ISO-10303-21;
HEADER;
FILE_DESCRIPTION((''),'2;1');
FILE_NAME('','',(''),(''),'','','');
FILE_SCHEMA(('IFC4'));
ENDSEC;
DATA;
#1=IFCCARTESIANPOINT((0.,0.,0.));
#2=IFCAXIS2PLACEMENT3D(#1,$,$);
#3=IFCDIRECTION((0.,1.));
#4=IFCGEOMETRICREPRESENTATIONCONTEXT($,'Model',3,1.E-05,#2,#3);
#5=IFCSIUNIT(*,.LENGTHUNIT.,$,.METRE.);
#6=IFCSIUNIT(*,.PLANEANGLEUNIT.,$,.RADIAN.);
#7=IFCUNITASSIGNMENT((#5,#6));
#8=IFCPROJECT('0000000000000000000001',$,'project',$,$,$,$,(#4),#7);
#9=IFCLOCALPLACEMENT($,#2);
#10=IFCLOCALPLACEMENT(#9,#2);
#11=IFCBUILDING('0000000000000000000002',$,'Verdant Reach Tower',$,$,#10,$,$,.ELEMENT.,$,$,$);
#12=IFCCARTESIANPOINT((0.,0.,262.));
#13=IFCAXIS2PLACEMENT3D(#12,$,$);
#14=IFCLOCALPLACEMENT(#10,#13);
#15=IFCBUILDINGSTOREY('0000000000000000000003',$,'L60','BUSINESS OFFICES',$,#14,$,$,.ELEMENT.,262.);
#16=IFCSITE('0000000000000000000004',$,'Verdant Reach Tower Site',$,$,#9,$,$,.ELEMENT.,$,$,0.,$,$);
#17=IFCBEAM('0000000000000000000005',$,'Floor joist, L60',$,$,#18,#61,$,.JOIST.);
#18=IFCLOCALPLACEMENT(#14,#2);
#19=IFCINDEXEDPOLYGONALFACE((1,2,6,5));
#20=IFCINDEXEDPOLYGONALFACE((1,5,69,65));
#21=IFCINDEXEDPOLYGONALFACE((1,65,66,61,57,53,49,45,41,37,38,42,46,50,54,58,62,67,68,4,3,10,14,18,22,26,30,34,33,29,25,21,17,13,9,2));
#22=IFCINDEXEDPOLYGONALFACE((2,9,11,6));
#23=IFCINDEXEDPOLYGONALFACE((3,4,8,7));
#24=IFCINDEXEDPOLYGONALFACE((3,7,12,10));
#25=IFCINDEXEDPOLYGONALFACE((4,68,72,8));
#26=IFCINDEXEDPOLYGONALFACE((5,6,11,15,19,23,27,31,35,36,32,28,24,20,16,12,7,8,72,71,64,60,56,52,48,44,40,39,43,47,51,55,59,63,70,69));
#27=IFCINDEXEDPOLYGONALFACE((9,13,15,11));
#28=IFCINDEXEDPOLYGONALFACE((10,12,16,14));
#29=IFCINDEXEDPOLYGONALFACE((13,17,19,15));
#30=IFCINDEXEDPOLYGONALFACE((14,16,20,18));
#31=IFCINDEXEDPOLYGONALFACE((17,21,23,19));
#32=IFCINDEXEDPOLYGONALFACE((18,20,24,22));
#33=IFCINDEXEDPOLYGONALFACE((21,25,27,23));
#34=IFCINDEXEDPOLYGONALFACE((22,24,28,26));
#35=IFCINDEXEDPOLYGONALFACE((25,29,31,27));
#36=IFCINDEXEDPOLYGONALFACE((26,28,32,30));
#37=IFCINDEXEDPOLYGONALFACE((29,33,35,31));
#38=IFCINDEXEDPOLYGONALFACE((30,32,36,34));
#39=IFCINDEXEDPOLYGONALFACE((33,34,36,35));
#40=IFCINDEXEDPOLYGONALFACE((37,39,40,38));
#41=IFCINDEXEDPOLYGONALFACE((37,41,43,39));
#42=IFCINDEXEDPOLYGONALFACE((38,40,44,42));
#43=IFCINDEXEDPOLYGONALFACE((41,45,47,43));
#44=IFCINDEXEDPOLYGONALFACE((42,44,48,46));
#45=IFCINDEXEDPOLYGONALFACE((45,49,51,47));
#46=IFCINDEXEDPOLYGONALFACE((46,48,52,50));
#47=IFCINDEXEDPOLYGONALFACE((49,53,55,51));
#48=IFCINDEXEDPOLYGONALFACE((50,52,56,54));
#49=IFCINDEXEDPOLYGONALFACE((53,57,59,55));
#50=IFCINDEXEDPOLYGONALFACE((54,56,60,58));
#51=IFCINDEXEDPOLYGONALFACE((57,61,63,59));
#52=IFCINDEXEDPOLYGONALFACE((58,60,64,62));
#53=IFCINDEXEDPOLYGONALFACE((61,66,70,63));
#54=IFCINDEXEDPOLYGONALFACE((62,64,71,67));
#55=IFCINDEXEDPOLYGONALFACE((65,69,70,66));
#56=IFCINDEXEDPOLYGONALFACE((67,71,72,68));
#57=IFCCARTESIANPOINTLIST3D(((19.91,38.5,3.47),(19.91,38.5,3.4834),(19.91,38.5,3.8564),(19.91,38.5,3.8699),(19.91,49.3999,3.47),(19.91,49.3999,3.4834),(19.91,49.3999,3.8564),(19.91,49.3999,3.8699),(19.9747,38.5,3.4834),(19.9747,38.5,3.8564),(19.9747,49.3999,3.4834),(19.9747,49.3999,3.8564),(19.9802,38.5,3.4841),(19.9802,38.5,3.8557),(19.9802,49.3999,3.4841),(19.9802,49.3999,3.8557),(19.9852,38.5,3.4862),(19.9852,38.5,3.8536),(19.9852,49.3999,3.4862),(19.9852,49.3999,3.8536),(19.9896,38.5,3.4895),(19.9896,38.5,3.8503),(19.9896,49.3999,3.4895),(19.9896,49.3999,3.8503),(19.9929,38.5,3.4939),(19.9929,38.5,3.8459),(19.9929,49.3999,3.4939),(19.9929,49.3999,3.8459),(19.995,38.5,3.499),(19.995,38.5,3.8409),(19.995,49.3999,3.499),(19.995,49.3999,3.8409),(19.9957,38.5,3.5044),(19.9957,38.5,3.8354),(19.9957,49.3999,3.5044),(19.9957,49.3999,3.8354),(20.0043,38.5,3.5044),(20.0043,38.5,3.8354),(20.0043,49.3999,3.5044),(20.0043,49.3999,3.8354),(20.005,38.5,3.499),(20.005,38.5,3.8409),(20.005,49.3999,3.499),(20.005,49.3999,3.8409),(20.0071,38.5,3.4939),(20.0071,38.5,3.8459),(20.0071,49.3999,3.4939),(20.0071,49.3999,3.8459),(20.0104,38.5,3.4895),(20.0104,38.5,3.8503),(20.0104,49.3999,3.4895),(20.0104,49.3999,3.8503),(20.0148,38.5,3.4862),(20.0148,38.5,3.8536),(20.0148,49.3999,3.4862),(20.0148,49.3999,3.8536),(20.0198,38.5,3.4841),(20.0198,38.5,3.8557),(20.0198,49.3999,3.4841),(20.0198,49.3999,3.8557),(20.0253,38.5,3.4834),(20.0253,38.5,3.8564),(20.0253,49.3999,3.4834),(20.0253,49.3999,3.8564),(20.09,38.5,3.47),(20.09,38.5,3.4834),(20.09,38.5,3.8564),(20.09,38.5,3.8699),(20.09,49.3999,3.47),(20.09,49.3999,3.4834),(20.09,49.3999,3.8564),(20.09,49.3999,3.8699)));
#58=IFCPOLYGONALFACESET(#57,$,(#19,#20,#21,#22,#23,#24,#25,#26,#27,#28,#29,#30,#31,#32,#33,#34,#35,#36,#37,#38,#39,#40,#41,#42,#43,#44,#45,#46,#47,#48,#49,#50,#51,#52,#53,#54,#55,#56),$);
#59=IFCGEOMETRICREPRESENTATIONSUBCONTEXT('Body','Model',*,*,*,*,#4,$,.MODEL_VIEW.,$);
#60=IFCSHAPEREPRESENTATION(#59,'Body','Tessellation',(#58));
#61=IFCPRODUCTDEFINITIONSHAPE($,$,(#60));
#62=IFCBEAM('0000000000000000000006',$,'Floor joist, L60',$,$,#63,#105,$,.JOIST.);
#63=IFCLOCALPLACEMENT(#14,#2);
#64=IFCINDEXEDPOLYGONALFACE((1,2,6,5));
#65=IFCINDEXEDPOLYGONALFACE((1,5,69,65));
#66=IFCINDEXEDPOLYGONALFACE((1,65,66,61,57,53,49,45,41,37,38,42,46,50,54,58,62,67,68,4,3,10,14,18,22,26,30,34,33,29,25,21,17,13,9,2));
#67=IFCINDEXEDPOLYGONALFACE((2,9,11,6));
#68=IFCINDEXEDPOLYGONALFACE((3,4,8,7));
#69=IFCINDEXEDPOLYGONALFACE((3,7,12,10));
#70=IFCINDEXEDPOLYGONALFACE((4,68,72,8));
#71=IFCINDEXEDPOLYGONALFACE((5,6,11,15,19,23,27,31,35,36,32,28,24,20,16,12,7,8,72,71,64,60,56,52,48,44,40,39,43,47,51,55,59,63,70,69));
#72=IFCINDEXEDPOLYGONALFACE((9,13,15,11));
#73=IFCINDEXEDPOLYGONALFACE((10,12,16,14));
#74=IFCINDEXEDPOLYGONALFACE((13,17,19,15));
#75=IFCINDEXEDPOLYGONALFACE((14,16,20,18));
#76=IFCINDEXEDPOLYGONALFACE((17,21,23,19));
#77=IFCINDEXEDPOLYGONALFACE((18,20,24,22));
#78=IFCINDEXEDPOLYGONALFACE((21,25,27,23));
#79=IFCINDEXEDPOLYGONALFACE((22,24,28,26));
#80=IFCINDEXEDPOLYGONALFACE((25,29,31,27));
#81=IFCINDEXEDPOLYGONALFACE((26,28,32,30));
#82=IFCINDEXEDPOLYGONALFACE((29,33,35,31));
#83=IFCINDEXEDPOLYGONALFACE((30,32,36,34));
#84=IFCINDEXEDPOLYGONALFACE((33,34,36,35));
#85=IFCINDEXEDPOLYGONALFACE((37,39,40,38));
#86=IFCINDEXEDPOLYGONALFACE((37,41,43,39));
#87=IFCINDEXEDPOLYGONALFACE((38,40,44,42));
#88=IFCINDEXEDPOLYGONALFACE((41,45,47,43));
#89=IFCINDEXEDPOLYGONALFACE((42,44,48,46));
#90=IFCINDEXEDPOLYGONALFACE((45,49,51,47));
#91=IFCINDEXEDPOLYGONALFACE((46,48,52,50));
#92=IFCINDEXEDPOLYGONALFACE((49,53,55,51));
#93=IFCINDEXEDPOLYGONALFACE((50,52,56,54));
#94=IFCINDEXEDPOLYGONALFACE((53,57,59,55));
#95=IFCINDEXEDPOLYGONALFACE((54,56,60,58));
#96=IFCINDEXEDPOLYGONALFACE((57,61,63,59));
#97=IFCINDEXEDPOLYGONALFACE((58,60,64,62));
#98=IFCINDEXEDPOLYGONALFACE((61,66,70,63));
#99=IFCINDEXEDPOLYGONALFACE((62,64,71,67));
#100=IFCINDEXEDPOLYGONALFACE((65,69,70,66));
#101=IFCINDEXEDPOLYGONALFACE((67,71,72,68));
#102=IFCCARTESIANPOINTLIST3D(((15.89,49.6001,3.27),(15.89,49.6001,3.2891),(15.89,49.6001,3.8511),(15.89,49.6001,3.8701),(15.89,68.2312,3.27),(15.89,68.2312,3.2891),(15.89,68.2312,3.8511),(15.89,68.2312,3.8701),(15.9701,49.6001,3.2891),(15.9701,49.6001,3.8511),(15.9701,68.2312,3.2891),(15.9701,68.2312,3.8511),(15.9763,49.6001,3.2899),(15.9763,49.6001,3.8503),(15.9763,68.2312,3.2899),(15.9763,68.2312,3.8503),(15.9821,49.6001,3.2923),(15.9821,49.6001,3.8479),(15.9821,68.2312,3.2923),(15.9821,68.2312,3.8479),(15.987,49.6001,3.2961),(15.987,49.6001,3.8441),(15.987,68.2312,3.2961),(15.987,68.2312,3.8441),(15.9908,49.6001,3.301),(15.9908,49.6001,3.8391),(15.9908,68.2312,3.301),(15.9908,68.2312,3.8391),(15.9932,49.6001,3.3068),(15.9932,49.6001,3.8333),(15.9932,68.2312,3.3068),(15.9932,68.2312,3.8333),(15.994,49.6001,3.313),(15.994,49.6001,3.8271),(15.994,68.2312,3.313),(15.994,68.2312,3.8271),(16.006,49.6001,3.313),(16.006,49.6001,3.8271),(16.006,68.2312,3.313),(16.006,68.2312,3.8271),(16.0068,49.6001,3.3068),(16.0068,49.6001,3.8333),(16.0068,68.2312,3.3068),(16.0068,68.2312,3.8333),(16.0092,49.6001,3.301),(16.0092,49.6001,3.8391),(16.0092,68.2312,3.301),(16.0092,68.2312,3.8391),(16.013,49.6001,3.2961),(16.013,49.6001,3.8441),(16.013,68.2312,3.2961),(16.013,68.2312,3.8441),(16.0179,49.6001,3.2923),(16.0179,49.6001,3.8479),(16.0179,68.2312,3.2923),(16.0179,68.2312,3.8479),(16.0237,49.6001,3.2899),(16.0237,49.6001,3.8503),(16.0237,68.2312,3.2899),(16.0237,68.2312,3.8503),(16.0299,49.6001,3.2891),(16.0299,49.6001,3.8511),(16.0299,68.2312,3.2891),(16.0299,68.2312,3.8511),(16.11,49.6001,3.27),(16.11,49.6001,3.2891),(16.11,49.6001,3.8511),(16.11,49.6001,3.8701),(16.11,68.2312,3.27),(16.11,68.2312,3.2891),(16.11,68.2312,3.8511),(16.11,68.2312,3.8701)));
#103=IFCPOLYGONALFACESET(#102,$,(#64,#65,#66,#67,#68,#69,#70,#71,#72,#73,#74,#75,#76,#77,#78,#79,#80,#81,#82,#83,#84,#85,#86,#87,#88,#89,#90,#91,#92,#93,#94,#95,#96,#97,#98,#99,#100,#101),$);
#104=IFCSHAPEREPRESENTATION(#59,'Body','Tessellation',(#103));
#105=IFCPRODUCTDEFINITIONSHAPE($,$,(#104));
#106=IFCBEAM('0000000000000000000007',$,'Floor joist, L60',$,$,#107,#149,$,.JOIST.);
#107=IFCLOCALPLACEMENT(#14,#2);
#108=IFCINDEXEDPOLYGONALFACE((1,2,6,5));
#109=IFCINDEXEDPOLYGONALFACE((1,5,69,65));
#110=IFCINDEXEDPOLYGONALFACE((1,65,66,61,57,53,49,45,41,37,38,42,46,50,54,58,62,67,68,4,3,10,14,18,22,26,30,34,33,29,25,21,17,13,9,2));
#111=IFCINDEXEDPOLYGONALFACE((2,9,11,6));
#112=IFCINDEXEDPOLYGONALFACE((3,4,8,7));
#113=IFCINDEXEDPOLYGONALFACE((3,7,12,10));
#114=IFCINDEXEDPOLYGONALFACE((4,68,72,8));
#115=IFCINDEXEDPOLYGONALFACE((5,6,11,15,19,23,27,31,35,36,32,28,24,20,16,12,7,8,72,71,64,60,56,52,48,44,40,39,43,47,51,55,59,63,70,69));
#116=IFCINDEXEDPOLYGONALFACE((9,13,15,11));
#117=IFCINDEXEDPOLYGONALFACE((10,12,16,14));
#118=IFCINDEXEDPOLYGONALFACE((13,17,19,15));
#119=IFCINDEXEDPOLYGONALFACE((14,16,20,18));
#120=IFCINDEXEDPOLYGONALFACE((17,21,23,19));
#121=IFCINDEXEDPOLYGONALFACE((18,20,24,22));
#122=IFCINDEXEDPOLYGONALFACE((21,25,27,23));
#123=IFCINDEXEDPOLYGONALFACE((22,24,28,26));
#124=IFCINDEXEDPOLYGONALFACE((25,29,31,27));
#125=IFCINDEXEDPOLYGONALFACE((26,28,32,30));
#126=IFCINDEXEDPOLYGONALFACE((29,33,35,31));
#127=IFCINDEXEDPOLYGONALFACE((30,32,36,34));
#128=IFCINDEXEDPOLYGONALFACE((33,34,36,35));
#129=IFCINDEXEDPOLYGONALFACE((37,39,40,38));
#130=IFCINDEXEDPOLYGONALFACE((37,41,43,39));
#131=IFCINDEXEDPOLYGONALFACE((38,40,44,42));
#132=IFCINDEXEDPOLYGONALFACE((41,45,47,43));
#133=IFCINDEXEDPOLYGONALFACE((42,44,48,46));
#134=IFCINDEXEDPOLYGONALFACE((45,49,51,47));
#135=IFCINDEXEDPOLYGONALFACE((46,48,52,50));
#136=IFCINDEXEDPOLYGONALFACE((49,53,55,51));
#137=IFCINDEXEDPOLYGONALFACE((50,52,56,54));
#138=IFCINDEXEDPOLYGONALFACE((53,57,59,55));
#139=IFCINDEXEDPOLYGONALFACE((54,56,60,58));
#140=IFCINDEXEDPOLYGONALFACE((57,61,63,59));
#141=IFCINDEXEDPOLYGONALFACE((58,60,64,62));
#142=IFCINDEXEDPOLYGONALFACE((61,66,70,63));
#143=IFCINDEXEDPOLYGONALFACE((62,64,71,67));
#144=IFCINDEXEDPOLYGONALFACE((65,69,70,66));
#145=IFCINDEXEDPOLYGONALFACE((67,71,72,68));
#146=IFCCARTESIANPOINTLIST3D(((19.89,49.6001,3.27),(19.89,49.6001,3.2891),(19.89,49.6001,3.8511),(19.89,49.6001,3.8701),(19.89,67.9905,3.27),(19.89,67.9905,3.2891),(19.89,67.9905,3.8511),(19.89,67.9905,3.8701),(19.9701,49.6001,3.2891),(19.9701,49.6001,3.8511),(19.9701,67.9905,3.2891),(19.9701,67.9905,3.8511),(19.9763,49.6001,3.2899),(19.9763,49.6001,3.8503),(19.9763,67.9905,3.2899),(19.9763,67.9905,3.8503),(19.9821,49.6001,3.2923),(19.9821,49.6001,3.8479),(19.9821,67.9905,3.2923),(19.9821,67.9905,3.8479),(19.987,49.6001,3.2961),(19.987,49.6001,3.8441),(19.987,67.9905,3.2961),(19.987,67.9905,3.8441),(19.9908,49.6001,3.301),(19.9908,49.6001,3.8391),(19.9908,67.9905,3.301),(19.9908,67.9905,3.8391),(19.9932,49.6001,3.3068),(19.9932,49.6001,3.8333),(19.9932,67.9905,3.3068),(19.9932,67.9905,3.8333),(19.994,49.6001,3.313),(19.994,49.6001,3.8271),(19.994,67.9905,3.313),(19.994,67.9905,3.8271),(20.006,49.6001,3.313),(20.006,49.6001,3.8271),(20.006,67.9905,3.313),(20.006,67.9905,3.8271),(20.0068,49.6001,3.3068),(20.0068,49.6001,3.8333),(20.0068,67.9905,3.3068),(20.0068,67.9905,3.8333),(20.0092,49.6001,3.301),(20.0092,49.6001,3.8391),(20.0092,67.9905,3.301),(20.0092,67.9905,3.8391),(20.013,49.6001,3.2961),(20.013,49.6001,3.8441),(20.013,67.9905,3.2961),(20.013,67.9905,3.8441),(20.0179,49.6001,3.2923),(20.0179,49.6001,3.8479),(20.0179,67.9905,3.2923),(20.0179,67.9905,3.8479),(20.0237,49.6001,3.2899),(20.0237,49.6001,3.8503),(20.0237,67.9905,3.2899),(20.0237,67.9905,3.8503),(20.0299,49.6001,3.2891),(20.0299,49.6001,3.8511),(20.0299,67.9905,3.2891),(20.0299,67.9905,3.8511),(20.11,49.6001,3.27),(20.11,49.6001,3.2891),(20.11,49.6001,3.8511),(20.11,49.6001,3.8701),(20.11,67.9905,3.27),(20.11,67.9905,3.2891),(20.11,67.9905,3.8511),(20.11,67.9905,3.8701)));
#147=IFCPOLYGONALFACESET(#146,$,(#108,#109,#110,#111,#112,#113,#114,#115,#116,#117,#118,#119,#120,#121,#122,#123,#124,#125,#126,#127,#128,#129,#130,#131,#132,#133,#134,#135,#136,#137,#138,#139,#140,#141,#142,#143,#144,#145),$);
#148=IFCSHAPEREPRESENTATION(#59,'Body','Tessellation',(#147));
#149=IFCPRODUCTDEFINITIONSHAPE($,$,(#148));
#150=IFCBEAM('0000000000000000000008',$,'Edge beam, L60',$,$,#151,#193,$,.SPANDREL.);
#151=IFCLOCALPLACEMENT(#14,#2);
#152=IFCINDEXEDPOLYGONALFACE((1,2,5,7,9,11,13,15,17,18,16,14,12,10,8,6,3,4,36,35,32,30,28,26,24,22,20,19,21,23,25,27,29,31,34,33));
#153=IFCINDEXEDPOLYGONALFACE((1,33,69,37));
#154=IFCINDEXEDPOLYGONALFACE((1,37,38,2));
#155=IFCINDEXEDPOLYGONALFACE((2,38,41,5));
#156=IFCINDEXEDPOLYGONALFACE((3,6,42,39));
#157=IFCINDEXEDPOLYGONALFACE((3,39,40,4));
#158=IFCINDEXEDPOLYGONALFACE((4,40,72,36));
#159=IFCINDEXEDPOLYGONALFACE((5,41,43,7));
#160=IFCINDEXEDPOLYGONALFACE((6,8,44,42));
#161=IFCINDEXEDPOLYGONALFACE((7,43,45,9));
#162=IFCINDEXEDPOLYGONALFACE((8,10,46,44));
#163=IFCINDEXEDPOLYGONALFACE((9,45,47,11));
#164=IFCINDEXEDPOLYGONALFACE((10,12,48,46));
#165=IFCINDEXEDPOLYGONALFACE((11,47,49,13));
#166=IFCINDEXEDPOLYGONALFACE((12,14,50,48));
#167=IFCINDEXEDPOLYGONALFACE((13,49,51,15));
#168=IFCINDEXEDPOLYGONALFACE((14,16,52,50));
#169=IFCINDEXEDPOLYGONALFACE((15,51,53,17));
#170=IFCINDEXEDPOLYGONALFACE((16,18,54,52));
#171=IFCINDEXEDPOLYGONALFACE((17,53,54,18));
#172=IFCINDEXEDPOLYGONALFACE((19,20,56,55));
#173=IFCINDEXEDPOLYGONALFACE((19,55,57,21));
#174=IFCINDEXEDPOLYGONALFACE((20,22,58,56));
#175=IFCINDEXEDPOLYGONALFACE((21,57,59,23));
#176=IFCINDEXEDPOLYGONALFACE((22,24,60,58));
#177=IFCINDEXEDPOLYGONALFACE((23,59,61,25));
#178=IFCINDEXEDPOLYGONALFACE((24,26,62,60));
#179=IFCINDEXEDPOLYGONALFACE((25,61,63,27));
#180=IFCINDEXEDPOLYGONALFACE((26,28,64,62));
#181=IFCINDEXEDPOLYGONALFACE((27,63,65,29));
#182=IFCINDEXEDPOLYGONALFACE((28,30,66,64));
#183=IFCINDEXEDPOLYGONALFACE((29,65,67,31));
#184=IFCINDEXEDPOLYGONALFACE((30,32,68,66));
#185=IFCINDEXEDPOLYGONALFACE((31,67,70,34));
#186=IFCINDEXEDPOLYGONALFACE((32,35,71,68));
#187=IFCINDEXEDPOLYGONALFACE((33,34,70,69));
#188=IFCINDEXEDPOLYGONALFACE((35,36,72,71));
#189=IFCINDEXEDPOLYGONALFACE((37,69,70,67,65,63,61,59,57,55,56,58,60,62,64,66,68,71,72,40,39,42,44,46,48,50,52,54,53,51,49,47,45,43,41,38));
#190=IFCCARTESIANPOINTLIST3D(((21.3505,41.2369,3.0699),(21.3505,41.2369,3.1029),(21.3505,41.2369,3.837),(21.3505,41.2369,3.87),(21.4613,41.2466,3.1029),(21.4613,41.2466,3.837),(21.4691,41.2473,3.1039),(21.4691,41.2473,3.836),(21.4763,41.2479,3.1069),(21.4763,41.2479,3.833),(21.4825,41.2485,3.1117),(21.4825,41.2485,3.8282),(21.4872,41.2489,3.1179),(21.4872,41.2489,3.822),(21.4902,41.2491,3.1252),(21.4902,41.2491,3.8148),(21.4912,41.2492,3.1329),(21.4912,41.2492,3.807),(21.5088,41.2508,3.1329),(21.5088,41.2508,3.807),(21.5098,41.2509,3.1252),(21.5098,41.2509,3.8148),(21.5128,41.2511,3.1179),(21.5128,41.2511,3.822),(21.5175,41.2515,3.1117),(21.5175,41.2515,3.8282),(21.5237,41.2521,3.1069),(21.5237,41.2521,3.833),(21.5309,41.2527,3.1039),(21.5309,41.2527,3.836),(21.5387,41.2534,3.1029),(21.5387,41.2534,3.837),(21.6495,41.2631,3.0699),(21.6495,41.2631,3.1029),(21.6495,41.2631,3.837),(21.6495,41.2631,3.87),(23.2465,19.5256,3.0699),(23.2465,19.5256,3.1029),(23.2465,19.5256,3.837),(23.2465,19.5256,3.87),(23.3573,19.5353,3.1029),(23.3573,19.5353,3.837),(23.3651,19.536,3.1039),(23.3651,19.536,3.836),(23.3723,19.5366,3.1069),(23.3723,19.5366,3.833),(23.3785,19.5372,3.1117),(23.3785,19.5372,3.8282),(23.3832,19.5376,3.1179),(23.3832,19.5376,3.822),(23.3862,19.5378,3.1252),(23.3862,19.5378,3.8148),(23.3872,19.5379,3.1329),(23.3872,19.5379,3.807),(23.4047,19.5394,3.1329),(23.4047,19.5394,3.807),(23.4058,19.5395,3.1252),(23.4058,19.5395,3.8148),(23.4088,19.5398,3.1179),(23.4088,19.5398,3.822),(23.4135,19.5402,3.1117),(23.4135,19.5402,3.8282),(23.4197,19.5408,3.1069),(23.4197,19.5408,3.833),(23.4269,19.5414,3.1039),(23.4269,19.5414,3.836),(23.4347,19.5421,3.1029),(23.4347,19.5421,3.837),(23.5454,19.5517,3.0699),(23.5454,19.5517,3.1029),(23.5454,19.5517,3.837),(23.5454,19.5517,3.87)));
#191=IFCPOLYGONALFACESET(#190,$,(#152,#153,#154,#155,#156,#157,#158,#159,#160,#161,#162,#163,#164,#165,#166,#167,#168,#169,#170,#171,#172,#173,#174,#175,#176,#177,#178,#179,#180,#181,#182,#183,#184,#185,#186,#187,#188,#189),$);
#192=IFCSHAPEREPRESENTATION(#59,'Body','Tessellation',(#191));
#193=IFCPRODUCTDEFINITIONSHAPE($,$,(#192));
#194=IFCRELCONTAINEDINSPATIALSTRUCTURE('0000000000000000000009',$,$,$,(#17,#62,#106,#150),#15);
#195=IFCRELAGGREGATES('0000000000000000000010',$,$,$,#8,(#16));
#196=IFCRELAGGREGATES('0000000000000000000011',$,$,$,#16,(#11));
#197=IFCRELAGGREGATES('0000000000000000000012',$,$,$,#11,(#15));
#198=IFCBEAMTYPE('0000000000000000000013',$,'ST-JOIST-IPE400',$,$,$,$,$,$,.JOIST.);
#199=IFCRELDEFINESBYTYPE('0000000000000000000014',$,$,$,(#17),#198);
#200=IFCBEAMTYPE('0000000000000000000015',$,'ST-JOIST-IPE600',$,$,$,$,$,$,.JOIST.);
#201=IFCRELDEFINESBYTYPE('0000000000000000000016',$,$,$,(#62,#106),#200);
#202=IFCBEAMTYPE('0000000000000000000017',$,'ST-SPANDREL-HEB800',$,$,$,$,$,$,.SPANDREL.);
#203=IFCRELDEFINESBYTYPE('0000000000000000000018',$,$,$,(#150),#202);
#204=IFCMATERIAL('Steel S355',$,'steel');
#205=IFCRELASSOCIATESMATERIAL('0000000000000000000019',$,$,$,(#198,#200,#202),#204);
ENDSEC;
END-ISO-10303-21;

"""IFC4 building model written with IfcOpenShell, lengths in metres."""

from ifc_helpers import new_model, si_unit, direction, frame, origin, origin_2d, place, context, subcontext, project, spatial, i_section, extrude, material, material_profile, profile_set, type_object, element, save


model = new_model("IFC4")

# Units and contexts
model_context = context("Model", 3, precision=1e-05, world=origin(), true_north=direction((0.0, 1.0)))
body_context = subcontext(model_context, "Body", "Model", "MODEL_VIEW")
ifc_project = project(units=[si_unit("LENGTHUNIT", "METRE"), si_unit("PLANEANGLEUNIT", "RADIAN")], contexts=[model_context])

# Site, building, storey
site_placement = place(None, origin())
site = spatial("IfcSite", under=ifc_project, at=site_placement, Name="Verdant Reach Tower Site", CompositionType="ELEMENT", RefElevation=0.0)
building_placement = place(site_placement, origin())
building = spatial("IfcBuilding", under=site, at=building_placement, Name="Verdant Reach Tower", CompositionType="ELEMENT")
storey_placement = place(building_placement, frame((0.0, 0.0, 262.0)))
storey = spatial("IfcBuildingStorey", under=building, at=storey_placement, Name="L60", Description="BUSINESS OFFICES", CompositionType="ELEMENT", Elevation=262.0)

# Beams
ifc_material_1 = material(Name="Steel S355", Category="steel")
ifc_material_profile_1 = material_profile(ifc_material_1, i_section(OverallWidth=0.1799, OverallDepth=0.3999, WebThickness=0.0085, FlangeThickness=0.0134, FilletRadius=0.021, at=origin_2d()), Name="IPE 400")
ifc_profile_set_1 = profile_set([ifc_material_profile_1], Name="Steel S355")
beam_type_1 = type_object("IfcBeamType", Name="ST-JOIST-IPE400", PredefinedType="JOIST", material=ifc_profile_set_1)
for number, where, z_axis, x_axis, name in (
    (1, (20.0, 38.5, 3.6699), (0.0, 1.0, 0.0), (-1.0, 0.0, 0.0), "Floor joist, L60"),
):
    element("IfcBeam", number, at=place(storey_placement, frame(where, z_axis=z_axis, x_axis=x_axis)), inside=storey, type_object=beam_type_1, Name=name, PredefinedType="JOIST", context=body_context, shape_type="SweptSolid", body=[
        extrude(i_section(OverallWidth=0.1799, OverallDepth=0.3999, WebThickness=0.0085, FlangeThickness=0.0134, FilletRadius=0.021, at=origin_2d()), origin(), (0.0, 0.0, 1.0), 10.8999),
    ])
ifc_material_profile_2 = material_profile(ifc_material_1, i_section(OverallWidth=0.22, OverallDepth=0.6001, WebThickness=0.012, FlangeThickness=0.019, FilletRadius=0.0239, at=origin_2d()), Name="IPE 600")
ifc_profile_set_2 = profile_set([ifc_material_profile_2], Name="Steel S355")
beam_type_2 = type_object("IfcBeamType", Name="ST-JOIST-IPE600", PredefinedType="JOIST", material=ifc_profile_set_2)
beam_1_placement = place(storey_placement, frame((16.0, 49.6001, 3.5701), z_axis=(0.0, 1.0, 0.0), x_axis=(-1.0, 0.0, 0.0)))
element("IfcBeam", 2, at=beam_1_placement, inside=storey, type_object=beam_type_2, Name="Floor joist, L60", PredefinedType="JOIST", context=body_context, shape_type="SweptSolid", body=[
    extrude(i_section(OverallWidth=0.22, OverallDepth=0.6001, WebThickness=0.012, FlangeThickness=0.019, FilletRadius=0.0239, at=origin_2d()), origin(), (0.0, 0.0, 1.0), 18.6311),
])
beam_2_placement = place(storey_placement, frame((20.0, 49.6001, 3.5701), z_axis=(0.0, 1.0, 0.0), x_axis=(-1.0, 0.0, 0.0)))
element("IfcBeam", 3, at=beam_2_placement, inside=storey, type_object=beam_type_2, Name="Floor joist, L60", PredefinedType="JOIST", context=body_context, shape_type="SweptSolid", body=[
    extrude(i_section(OverallWidth=0.22, OverallDepth=0.6001, WebThickness=0.012, FlangeThickness=0.019, FilletRadius=0.0239, at=origin_2d()), origin(), (0.0, 0.0, 1.0), 18.3904),
])
ifc_material_profile_3 = material_profile(ifc_material_1, i_section(OverallWidth=0.3, OverallDepth=0.8, WebThickness=0.0176, FlangeThickness=0.033, FilletRadius=0.03, at=origin_2d()), Name="HEB 800")
ifc_profile_set_3 = profile_set([ifc_material_profile_3], Name="Steel S355")
beam_type_3 = type_object("IfcBeamType", Name="ST-SPANDREL-HEB800", PredefinedType="SPANDREL", material=ifc_profile_set_3)
beam_3_placement = place(storey_placement, frame((21.5, 41.25, 3.47), z_axis=(0.086996, -0.996209, 0.0), x_axis=(0.996209, 0.086996, 0.0)))
element("IfcBeam", 4, at=beam_3_placement, inside=storey, type_object=beam_type_3, Name="Edge beam, L60", PredefinedType="SPANDREL", context=body_context, shape_type="SweptSolid", body=[
    extrude(i_section(OverallWidth=0.3, OverallDepth=0.8, WebThickness=0.0176, FlangeThickness=0.033, FilletRadius=0.03, at=origin_2d()), origin(), (0.0, 0.0, 1.0), 21.7939),
])

save(model, "model.ifc")
